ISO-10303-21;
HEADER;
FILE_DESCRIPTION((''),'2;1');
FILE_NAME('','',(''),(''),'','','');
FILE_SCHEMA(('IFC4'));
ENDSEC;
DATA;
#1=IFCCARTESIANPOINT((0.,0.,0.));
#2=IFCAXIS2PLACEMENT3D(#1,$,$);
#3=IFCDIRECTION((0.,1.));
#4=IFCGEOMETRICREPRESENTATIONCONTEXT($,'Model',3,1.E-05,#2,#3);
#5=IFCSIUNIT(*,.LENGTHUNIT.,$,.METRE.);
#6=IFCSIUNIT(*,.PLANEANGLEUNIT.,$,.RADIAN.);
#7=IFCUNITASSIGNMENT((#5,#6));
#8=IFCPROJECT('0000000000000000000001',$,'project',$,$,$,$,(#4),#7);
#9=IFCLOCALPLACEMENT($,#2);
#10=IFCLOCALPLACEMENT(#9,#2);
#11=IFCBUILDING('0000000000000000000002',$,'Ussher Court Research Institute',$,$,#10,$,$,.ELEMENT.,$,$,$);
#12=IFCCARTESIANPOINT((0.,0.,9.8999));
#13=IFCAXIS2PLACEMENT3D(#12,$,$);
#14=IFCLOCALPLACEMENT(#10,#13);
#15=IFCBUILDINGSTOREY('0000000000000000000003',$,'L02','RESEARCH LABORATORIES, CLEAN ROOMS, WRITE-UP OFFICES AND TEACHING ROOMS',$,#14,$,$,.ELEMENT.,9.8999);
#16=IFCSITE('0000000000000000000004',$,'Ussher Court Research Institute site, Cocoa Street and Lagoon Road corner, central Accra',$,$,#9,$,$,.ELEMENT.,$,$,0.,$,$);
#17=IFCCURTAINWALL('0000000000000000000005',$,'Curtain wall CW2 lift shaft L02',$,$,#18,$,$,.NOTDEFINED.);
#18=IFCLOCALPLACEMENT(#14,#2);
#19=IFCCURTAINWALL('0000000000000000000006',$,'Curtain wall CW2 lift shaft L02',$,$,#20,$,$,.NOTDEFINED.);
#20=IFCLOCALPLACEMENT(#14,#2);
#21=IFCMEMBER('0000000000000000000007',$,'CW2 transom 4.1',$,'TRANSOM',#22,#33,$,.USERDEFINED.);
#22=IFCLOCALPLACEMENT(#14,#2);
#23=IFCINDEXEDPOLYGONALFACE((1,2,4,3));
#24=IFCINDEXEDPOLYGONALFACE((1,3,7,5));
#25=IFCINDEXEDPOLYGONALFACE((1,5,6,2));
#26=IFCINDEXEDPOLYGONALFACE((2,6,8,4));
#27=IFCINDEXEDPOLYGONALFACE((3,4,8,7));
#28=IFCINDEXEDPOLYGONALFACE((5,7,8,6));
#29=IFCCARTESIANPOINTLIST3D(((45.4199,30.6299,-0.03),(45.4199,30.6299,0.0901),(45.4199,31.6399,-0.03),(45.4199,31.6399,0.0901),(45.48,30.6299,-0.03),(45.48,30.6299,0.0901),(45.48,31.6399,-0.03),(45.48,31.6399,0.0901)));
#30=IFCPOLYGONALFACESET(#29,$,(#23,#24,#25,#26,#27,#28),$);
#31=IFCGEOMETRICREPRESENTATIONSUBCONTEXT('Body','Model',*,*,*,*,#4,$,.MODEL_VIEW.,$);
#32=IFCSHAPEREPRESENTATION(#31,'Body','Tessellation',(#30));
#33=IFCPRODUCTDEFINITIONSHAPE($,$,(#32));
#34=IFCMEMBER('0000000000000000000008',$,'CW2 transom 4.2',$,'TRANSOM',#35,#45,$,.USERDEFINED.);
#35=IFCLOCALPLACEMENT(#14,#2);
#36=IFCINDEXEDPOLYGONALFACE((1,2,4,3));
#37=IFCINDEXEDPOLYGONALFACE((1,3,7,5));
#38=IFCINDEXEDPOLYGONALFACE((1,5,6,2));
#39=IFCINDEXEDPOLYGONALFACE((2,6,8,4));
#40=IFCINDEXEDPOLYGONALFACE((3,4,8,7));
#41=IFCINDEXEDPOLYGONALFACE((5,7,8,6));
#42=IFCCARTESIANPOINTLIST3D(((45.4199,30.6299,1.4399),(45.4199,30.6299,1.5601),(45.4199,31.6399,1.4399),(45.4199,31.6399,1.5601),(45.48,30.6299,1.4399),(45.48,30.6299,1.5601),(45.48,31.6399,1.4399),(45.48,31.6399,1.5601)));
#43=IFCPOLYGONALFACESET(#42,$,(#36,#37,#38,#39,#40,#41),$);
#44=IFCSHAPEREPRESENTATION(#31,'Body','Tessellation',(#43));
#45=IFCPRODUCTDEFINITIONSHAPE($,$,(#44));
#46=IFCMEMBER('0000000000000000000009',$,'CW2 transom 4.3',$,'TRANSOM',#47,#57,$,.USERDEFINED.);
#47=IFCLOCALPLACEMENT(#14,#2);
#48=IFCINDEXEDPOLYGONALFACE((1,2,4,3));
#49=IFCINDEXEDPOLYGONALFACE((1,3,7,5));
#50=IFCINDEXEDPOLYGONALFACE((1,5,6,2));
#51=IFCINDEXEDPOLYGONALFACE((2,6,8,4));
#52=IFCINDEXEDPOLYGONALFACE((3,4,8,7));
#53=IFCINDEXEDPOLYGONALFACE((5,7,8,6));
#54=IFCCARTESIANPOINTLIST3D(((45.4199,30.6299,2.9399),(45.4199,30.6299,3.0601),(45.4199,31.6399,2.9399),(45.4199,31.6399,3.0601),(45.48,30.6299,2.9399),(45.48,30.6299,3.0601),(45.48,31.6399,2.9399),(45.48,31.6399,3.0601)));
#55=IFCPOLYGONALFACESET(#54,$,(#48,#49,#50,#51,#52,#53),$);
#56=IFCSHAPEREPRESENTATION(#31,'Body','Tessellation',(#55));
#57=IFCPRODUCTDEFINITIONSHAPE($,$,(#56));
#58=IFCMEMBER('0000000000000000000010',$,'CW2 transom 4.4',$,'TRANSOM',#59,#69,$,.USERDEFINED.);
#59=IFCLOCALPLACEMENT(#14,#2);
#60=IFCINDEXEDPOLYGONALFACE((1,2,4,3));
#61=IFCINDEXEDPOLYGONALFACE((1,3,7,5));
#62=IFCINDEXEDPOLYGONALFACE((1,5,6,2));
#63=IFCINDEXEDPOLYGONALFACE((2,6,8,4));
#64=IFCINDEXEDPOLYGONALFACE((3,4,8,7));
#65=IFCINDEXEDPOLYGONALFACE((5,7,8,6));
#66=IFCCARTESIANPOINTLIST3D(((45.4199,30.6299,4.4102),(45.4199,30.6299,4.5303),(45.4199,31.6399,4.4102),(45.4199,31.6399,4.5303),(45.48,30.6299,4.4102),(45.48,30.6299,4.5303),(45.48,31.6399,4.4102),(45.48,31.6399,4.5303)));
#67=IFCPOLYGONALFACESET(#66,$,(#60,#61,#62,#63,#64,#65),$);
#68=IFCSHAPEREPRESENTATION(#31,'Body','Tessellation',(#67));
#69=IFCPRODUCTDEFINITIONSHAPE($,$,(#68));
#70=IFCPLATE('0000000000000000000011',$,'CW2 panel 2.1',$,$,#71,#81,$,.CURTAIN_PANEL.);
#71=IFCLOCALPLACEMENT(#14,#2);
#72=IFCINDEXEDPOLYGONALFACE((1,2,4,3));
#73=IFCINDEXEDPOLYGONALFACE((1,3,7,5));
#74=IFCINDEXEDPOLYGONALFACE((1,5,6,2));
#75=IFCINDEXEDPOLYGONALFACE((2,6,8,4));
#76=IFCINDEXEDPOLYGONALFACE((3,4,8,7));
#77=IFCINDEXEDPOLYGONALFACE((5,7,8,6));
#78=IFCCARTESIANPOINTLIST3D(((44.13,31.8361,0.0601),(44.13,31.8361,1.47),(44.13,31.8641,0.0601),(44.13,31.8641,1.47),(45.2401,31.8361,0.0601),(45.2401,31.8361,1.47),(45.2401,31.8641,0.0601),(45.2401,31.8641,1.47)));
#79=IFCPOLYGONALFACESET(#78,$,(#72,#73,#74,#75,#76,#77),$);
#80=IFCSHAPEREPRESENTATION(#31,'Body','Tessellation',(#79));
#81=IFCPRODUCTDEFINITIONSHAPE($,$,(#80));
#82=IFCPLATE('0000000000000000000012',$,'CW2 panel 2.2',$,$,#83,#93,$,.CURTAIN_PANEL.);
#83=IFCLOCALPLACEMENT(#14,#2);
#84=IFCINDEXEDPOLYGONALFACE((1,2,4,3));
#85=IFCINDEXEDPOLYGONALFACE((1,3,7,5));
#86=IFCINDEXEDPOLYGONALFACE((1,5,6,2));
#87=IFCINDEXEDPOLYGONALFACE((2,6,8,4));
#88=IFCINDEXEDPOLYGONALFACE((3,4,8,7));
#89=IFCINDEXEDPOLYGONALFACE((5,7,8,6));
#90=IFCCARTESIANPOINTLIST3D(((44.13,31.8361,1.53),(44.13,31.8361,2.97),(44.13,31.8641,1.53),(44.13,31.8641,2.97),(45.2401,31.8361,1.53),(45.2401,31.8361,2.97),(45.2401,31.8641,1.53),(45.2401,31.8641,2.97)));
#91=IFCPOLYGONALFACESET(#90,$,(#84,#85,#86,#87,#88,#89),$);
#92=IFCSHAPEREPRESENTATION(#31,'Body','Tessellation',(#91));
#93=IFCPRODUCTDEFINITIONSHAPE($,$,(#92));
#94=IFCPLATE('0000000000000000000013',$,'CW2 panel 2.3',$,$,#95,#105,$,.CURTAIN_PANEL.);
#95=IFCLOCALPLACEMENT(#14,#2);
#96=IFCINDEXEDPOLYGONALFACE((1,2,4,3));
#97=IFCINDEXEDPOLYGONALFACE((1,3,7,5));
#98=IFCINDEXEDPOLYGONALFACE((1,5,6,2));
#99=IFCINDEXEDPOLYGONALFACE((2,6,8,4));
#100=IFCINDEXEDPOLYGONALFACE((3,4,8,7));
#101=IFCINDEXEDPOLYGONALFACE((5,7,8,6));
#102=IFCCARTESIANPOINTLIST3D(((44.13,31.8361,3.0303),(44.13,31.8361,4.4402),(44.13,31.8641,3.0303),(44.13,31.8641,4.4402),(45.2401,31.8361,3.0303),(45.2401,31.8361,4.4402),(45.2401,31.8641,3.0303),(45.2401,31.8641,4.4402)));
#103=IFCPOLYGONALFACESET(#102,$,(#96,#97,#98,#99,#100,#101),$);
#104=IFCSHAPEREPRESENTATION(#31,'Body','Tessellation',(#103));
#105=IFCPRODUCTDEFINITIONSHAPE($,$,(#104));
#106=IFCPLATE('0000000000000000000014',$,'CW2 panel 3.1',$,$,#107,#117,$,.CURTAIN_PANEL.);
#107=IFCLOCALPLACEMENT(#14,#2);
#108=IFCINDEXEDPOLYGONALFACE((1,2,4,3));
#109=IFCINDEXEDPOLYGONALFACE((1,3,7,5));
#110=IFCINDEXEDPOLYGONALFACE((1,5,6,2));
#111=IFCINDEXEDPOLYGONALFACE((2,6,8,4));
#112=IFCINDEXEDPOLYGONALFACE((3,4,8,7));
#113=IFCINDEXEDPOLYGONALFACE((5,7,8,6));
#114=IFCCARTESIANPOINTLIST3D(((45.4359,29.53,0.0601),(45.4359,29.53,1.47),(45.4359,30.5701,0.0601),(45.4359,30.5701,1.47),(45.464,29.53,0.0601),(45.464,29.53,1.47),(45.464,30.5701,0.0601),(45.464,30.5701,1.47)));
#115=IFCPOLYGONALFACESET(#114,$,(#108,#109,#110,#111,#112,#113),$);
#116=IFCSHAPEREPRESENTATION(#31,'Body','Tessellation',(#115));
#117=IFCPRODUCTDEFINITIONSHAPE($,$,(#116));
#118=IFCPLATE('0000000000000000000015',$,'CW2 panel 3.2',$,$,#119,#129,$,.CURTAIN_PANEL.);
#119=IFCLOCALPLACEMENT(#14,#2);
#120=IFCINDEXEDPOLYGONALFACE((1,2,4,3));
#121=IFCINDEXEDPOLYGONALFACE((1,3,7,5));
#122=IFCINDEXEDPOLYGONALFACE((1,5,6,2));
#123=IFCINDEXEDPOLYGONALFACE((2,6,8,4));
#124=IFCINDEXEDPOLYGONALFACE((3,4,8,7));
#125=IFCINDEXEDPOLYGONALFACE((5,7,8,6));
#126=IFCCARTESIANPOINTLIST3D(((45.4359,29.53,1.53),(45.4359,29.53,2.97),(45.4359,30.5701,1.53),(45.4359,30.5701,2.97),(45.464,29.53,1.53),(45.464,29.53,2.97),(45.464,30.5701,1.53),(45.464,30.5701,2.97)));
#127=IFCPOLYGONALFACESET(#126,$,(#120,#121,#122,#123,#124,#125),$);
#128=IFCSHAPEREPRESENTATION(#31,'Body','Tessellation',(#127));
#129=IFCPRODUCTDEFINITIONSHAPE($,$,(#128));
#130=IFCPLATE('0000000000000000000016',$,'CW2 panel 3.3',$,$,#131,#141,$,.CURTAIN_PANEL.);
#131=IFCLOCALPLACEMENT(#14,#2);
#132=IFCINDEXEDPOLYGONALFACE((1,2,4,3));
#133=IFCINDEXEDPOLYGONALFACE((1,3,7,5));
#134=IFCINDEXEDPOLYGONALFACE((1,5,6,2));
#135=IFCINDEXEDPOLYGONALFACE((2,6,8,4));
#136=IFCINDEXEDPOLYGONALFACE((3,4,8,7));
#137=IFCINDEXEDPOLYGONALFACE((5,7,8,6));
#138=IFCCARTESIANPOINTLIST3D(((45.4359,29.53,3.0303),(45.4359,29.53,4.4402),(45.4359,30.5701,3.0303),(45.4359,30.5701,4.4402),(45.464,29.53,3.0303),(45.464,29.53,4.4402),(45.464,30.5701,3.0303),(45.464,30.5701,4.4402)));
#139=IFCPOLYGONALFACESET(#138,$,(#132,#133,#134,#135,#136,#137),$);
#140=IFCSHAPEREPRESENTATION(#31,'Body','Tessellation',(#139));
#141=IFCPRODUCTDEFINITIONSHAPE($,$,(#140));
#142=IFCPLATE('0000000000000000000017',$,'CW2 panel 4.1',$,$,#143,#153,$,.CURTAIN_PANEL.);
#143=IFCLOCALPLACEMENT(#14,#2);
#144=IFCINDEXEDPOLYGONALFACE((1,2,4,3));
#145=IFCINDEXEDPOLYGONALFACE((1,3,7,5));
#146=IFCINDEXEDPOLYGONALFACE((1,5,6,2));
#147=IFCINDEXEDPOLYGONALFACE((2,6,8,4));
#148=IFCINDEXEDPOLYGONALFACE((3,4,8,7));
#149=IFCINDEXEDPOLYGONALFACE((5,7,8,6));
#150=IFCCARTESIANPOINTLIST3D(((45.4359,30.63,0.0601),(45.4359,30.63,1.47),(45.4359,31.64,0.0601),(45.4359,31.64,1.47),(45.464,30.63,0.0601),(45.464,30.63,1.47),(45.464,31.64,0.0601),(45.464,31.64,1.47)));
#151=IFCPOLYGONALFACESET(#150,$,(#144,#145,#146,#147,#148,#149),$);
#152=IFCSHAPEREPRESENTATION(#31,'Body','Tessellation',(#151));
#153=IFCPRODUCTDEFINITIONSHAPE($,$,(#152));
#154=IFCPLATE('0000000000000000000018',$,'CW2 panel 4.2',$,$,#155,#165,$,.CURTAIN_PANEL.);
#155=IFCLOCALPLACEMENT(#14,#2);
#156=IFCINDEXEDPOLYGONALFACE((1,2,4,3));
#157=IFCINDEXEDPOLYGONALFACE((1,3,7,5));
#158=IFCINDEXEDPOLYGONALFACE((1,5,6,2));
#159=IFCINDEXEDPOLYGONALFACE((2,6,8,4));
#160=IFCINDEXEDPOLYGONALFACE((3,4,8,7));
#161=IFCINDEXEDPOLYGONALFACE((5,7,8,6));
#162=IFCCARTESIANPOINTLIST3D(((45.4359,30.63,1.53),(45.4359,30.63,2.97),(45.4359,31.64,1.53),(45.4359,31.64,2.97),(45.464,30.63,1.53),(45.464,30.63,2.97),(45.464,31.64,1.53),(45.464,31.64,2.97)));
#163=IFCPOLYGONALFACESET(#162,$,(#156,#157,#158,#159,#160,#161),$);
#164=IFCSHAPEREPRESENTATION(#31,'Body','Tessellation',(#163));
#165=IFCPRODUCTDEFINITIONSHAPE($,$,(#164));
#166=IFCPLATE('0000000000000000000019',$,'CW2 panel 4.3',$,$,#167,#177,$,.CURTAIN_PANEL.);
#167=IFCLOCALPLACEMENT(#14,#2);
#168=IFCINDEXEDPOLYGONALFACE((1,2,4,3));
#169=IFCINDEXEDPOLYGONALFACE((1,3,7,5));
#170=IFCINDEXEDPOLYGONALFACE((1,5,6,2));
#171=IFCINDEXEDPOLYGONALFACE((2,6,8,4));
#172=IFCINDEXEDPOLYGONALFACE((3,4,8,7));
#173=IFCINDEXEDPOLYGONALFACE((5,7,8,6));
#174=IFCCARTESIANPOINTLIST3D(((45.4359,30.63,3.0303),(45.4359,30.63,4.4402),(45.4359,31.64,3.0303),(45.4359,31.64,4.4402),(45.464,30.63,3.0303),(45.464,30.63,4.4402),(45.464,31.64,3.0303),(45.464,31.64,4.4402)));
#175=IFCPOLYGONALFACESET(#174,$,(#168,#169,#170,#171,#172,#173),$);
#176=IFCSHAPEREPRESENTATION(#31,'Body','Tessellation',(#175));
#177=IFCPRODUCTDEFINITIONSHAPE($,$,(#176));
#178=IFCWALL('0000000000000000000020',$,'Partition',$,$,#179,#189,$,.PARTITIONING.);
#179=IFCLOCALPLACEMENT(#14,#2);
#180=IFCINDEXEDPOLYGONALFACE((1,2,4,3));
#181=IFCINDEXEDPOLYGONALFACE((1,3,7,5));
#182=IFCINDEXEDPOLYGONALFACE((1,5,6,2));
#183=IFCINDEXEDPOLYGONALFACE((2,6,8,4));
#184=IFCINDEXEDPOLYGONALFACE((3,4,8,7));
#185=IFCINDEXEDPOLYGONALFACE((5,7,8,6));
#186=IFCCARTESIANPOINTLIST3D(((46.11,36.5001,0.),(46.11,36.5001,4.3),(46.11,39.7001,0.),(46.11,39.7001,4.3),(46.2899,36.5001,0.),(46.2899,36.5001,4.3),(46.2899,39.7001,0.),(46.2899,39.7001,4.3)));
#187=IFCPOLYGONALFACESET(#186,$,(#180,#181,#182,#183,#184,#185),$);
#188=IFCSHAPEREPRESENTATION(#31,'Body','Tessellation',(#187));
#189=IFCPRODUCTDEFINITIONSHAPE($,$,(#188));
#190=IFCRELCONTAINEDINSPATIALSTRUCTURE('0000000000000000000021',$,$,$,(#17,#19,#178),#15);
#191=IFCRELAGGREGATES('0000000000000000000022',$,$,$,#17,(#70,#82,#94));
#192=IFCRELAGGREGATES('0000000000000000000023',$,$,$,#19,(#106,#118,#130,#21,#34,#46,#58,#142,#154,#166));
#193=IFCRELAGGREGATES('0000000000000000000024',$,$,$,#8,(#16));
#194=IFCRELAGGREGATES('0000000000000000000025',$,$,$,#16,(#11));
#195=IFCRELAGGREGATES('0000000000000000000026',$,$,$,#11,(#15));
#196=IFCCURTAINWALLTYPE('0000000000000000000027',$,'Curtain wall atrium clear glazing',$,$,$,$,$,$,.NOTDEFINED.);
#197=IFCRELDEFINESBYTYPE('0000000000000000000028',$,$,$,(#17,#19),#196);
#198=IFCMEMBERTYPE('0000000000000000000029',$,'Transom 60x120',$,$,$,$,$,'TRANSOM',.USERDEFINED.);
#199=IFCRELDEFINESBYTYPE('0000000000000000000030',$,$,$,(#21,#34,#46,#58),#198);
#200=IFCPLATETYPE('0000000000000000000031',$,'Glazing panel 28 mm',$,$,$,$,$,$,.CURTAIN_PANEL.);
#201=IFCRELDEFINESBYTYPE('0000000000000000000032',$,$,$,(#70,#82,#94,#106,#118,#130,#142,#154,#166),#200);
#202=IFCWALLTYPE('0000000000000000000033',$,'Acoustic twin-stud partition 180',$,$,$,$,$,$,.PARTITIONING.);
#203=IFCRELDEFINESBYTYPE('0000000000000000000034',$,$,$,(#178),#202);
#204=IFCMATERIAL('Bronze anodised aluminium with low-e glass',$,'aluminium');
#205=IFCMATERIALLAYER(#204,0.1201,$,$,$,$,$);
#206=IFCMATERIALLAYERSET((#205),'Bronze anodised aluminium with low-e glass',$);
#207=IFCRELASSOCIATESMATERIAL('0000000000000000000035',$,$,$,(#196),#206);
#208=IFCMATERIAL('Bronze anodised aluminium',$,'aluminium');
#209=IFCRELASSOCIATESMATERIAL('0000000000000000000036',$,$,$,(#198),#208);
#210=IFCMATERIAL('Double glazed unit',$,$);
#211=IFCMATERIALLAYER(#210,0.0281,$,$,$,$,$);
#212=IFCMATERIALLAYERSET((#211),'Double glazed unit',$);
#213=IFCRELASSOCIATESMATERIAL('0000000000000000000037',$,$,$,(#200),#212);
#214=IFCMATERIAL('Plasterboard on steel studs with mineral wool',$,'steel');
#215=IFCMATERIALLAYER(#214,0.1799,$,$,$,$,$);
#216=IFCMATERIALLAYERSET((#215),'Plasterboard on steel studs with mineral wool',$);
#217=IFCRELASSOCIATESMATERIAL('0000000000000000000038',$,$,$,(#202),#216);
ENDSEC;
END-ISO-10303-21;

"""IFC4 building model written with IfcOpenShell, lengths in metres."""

from ifc_helpers import new_model, si_unit, direction, frame, frame_2d, origin, origin_2d, place, context, subcontext, project, spatial, rectangle, extrude, material, layer, layer_set, material_profile, profile_set, type_object, element, aggregate, save


model = new_model("IFC4")

# Units and contexts
model_context = context("Model", 3, precision=1e-05, world=origin(), true_north=direction((0.0, 1.0)))
body_context = subcontext(model_context, "Body", "Model", "MODEL_VIEW")
ifc_project = project(units=[si_unit("LENGTHUNIT", "METRE"), si_unit("PLANEANGLEUNIT", "RADIAN")], contexts=[model_context])

# Site, building, storey
site_placement = place(None, origin())
site = spatial("IfcSite", under=ifc_project, at=site_placement, Name="Ussher Court Research Institute site, Cocoa Street and Lagoon Road corner, central Accra", CompositionType="ELEMENT", RefElevation=0.0)
building_placement = place(site_placement, origin())
building = spatial("IfcBuilding", under=site, at=building_placement, Name="Ussher Court Research Institute", CompositionType="ELEMENT")
storey_placement = place(building_placement, frame((0.0, 0.0, 9.8999)))
storey = spatial("IfcBuildingStorey", under=building, at=storey_placement, Name="L02", Description="RESEARCH LABORATORIES, CLEAN ROOMS, WRITE-UP OFFICES AND TEACHING ROOMS", CompositionType="ELEMENT", Elevation=9.8999)

# Curtain wall
ifc_material_1 = material(Name="Bronze anodised aluminium with low-e glass", Category="aluminium")
ifc_layer_1 = layer(ifc_material_1, 0.1201)
ifc_layer_set_1 = layer_set([ifc_layer_1], Name="Bronze anodised aluminium with low-e glass")
curtain_wall_type = type_object("IfcCurtainWallType", Name="Curtain wall atrium clear glazing", PredefinedType="NOTDEFINED", material=ifc_layer_set_1)
curtain_wall_1_placement = place(storey_placement, origin())
curtain_wall_1 = element("IfcCurtainWall", 1, at=curtain_wall_1_placement, inside=storey, type_object=curtain_wall_type, Name="Curtain wall CW2 lift shaft L02", PredefinedType="NOTDEFINED")

# Curtain wall
curtain_wall_2_placement = place(storey_placement, origin())
curtain_wall_2 = element("IfcCurtainWall", 2, at=curtain_wall_2_placement, inside=storey, type_object=curtain_wall_type, Name="Curtain wall CW2 lift shaft L02", PredefinedType="NOTDEFINED")

# Members
ifc_material_2 = material(Name="Bronze anodised aluminium", Category="aluminium")
ifc_material_profile_1 = material_profile(ifc_material_2, rectangle(XDim=0.0601, YDim=0.1201, at=origin_2d()), Name="Transom 60x120")
ifc_profile_set_1 = profile_set([ifc_material_profile_1], Name="Bronze anodised aluminium")
member_type_1 = type_object("IfcMemberType", Name="Transom 60x120", ElementType="TRANSOM", PredefinedType="USERDEFINED", material=ifc_profile_set_1)
member_1_placement = place(storey_placement, frame((45.45, 30.6299, 0.03), z_axis=(0.0, 1.0, 0.0), x_axis=(-1.0, 0.0, 0.0)))
member_1 = element("IfcMember", 3, at=member_1_placement, type_object=member_type_1, Name="CW2 transom 4.1", ObjectType="TRANSOM", PredefinedType="USERDEFINED", context=body_context, shape_type="SweptSolid", body=[
    extrude(rectangle(XDim=0.0601, YDim=0.1201, at=origin_2d()), origin(), (0.0, 0.0, 1.0), 1.01),
])
member_2_placement = place(storey_placement, frame((45.45, 30.6299, 1.5), z_axis=(0.0, 1.0, 0.0), x_axis=(-1.0, 0.0, 0.0)))
member_2 = element("IfcMember", 4, at=member_2_placement, type_object=member_type_1, Name="CW2 transom 4.2", ObjectType="TRANSOM", PredefinedType="USERDEFINED", context=body_context, shape_type="SweptSolid", body=[
    extrude(rectangle(XDim=0.0601, YDim=0.1201, at=origin_2d()), origin(), (0.0, 0.0, 1.0), 1.01),
])
member_3_placement = place(storey_placement, frame((45.45, 30.6299, 3.0), z_axis=(0.0, 1.0, 0.0), x_axis=(-1.0, 0.0, 0.0)))
member_3 = element("IfcMember", 5, at=member_3_placement, type_object=member_type_1, Name="CW2 transom 4.3", ObjectType="TRANSOM", PredefinedType="USERDEFINED", context=body_context, shape_type="SweptSolid", body=[
    extrude(rectangle(XDim=0.0601, YDim=0.1201, at=origin_2d()), origin(), (0.0, 0.0, 1.0), 1.01),
])
member_4_placement = place(storey_placement, frame((45.45, 30.6299, 4.4702), z_axis=(0.0, 1.0, 0.0), x_axis=(-1.0, 0.0, 0.0)))
member_4 = element("IfcMember", 6, at=member_4_placement, type_object=member_type_1, Name="CW2 transom 4.4", ObjectType="TRANSOM", PredefinedType="USERDEFINED", context=body_context, shape_type="SweptSolid", body=[
    extrude(rectangle(XDim=0.0601, YDim=0.1201, at=origin_2d()), origin(), (0.0, 0.0, 1.0), 1.01),
])

# Plates
ifc_material_3 = material(Name="Double glazed unit")
ifc_layer_2 = layer(ifc_material_3, 0.0281)
ifc_layer_set_2 = layer_set([ifc_layer_2], Name="Double glazed unit")
plate_type = type_object("IfcPlateType", Name="Glazing panel 28 mm", PredefinedType="CURTAIN_PANEL", material=ifc_layer_set_2)
plate_1_placement = place(storey_placement, frame((44.6851, 31.8501, 0.0601), z_axis=(0.0, 0.0, 1.0), x_axis=(1.0, 0.0, 0.0)))
plate_1 = element("IfcPlate", 7, at=plate_1_placement, type_object=plate_type, Name="CW2 panel 2.1", PredefinedType="CURTAIN_PANEL", context=body_context, shape_type="SweptSolid", body=[
    extrude(rectangle(XDim=1.1101, YDim=0.0281, at=origin_2d()), origin(), (0.0, 0.0, 1.0), 1.4099),
])
plate_2_placement = place(storey_placement, frame((44.6851, 31.8501, 1.53), z_axis=(0.0, 0.0, 1.0), x_axis=(1.0, 0.0, 0.0)))
plate_2 = element("IfcPlate", 8, at=plate_2_placement, type_object=plate_type, Name="CW2 panel 2.2", PredefinedType="CURTAIN_PANEL", context=body_context, shape_type="SweptSolid", body=[
    extrude(rectangle(XDim=1.1101, YDim=0.0281, at=origin_2d()), origin(), (0.0, 0.0, 1.0), 1.4399),
])
plate_3_placement = place(storey_placement, frame((44.6851, 31.8501, 3.0303), z_axis=(0.0, 0.0, 1.0), x_axis=(1.0, 0.0, 0.0)))
plate_3 = element("IfcPlate", 9, at=plate_3_placement, type_object=plate_type, Name="CW2 panel 2.3", PredefinedType="CURTAIN_PANEL", context=body_context, shape_type="SweptSolid", body=[
    extrude(rectangle(XDim=1.1101, YDim=0.0281, at=origin_2d()), origin(), (0.0, 0.0, 1.0), 1.4099),
])
aggregate(curtain_wall_1, [plate_1, plate_2, plate_3])
plate_4_placement = place(storey_placement, frame((45.45, 30.05, 0.0601), z_axis=(0.0, 0.0, 1.0), x_axis=(0.0, 1.0, 0.0)))
plate_4 = element("IfcPlate", 10, at=plate_4_placement, type_object=plate_type, Name="CW2 panel 3.1", PredefinedType="CURTAIN_PANEL", context=body_context, shape_type="SweptSolid", body=[
    extrude(rectangle(XDim=1.04, YDim=0.0281, at=origin_2d()), origin(), (0.0, 0.0, 1.0), 1.4099),
])
plate_5_placement = place(storey_placement, frame((45.45, 30.05, 1.53), z_axis=(0.0, 0.0, 1.0), x_axis=(0.0, 1.0, 0.0)))
plate_5 = element("IfcPlate", 11, at=plate_5_placement, type_object=plate_type, Name="CW2 panel 3.2", PredefinedType="CURTAIN_PANEL", context=body_context, shape_type="SweptSolid", body=[
    extrude(rectangle(XDim=1.04, YDim=0.0281, at=origin_2d()), origin(), (0.0, 0.0, 1.0), 1.4399),
])
plate_6_placement = place(storey_placement, frame((45.45, 30.05, 3.0303), z_axis=(0.0, 0.0, 1.0), x_axis=(0.0, 1.0, 0.0)))
plate_6 = element("IfcPlate", 12, at=plate_6_placement, type_object=plate_type, Name="CW2 panel 3.3", PredefinedType="CURTAIN_PANEL", context=body_context, shape_type="SweptSolid", body=[
    extrude(rectangle(XDim=1.04, YDim=0.0281, at=origin_2d()), origin(), (0.0, 0.0, 1.0), 1.4099),
])
plate_7_placement = place(storey_placement, frame((45.45, 31.135, 0.0601), z_axis=(0.0, 0.0, 1.0), x_axis=(0.0, 1.0, 0.0)))
plate_7 = element("IfcPlate", 13, at=plate_7_placement, type_object=plate_type, Name="CW2 panel 4.1", PredefinedType="CURTAIN_PANEL", context=body_context, shape_type="SweptSolid", body=[
    extrude(rectangle(XDim=1.01, YDim=0.0281, at=origin_2d()), origin(), (0.0, 0.0, 1.0), 1.4099),
])
plate_8_placement = place(storey_placement, frame((45.45, 31.135, 1.53), z_axis=(0.0, 0.0, 1.0), x_axis=(0.0, 1.0, 0.0)))
plate_8 = element("IfcPlate", 14, at=plate_8_placement, type_object=plate_type, Name="CW2 panel 4.2", PredefinedType="CURTAIN_PANEL", context=body_context, shape_type="SweptSolid", body=[
    extrude(rectangle(XDim=1.01, YDim=0.0281, at=origin_2d()), origin(), (0.0, 0.0, 1.0), 1.4399),
])
plate_9_placement = place(storey_placement, frame((45.45, 31.135, 3.0303), z_axis=(0.0, 0.0, 1.0), x_axis=(0.0, 1.0, 0.0)))
plate_9 = element("IfcPlate", 15, at=plate_9_placement, type_object=plate_type, Name="CW2 panel 4.3", PredefinedType="CURTAIN_PANEL", context=body_context, shape_type="SweptSolid", body=[
    extrude(rectangle(XDim=1.01, YDim=0.0281, at=origin_2d()), origin(), (0.0, 0.0, 1.0), 1.4099),
])
aggregate(curtain_wall_2, [plate_4, plate_5, plate_6, member_1, member_2, member_3, member_4, plate_7, plate_8, plate_9])

# Wall
ifc_material_4 = material(Name="Plasterboard on steel studs with mineral wool", Category="steel")
ifc_layer_3 = layer(ifc_material_4, 0.1799)
ifc_layer_set_3 = layer_set([ifc_layer_3], Name="Plasterboard on steel studs with mineral wool")
wall_type_1 = type_object("IfcWallType", Name="Acoustic twin-stud partition 180", PredefinedType="PARTITIONING", material=ifc_layer_set_3)
wall_1_placement = place(storey_placement, frame((46.2, 36.5, 0.0), z_axis=(0.0, 0.0, 1.0), x_axis=(0.0, 1.0, 0.0)))
element("IfcWall", 16, at=wall_1_placement, inside=storey, type_object=wall_type_1, Name="Partition", PredefinedType="PARTITIONING", context=body_context, shape_type="SweptSolid", body=[
    extrude(rectangle(XDim=3.2, YDim=0.1799, at=frame_2d((1.6001, 0.0))), origin(), (0.0, 0.0, 1.0), 4.3),
])

save(model, "model.ifc")
